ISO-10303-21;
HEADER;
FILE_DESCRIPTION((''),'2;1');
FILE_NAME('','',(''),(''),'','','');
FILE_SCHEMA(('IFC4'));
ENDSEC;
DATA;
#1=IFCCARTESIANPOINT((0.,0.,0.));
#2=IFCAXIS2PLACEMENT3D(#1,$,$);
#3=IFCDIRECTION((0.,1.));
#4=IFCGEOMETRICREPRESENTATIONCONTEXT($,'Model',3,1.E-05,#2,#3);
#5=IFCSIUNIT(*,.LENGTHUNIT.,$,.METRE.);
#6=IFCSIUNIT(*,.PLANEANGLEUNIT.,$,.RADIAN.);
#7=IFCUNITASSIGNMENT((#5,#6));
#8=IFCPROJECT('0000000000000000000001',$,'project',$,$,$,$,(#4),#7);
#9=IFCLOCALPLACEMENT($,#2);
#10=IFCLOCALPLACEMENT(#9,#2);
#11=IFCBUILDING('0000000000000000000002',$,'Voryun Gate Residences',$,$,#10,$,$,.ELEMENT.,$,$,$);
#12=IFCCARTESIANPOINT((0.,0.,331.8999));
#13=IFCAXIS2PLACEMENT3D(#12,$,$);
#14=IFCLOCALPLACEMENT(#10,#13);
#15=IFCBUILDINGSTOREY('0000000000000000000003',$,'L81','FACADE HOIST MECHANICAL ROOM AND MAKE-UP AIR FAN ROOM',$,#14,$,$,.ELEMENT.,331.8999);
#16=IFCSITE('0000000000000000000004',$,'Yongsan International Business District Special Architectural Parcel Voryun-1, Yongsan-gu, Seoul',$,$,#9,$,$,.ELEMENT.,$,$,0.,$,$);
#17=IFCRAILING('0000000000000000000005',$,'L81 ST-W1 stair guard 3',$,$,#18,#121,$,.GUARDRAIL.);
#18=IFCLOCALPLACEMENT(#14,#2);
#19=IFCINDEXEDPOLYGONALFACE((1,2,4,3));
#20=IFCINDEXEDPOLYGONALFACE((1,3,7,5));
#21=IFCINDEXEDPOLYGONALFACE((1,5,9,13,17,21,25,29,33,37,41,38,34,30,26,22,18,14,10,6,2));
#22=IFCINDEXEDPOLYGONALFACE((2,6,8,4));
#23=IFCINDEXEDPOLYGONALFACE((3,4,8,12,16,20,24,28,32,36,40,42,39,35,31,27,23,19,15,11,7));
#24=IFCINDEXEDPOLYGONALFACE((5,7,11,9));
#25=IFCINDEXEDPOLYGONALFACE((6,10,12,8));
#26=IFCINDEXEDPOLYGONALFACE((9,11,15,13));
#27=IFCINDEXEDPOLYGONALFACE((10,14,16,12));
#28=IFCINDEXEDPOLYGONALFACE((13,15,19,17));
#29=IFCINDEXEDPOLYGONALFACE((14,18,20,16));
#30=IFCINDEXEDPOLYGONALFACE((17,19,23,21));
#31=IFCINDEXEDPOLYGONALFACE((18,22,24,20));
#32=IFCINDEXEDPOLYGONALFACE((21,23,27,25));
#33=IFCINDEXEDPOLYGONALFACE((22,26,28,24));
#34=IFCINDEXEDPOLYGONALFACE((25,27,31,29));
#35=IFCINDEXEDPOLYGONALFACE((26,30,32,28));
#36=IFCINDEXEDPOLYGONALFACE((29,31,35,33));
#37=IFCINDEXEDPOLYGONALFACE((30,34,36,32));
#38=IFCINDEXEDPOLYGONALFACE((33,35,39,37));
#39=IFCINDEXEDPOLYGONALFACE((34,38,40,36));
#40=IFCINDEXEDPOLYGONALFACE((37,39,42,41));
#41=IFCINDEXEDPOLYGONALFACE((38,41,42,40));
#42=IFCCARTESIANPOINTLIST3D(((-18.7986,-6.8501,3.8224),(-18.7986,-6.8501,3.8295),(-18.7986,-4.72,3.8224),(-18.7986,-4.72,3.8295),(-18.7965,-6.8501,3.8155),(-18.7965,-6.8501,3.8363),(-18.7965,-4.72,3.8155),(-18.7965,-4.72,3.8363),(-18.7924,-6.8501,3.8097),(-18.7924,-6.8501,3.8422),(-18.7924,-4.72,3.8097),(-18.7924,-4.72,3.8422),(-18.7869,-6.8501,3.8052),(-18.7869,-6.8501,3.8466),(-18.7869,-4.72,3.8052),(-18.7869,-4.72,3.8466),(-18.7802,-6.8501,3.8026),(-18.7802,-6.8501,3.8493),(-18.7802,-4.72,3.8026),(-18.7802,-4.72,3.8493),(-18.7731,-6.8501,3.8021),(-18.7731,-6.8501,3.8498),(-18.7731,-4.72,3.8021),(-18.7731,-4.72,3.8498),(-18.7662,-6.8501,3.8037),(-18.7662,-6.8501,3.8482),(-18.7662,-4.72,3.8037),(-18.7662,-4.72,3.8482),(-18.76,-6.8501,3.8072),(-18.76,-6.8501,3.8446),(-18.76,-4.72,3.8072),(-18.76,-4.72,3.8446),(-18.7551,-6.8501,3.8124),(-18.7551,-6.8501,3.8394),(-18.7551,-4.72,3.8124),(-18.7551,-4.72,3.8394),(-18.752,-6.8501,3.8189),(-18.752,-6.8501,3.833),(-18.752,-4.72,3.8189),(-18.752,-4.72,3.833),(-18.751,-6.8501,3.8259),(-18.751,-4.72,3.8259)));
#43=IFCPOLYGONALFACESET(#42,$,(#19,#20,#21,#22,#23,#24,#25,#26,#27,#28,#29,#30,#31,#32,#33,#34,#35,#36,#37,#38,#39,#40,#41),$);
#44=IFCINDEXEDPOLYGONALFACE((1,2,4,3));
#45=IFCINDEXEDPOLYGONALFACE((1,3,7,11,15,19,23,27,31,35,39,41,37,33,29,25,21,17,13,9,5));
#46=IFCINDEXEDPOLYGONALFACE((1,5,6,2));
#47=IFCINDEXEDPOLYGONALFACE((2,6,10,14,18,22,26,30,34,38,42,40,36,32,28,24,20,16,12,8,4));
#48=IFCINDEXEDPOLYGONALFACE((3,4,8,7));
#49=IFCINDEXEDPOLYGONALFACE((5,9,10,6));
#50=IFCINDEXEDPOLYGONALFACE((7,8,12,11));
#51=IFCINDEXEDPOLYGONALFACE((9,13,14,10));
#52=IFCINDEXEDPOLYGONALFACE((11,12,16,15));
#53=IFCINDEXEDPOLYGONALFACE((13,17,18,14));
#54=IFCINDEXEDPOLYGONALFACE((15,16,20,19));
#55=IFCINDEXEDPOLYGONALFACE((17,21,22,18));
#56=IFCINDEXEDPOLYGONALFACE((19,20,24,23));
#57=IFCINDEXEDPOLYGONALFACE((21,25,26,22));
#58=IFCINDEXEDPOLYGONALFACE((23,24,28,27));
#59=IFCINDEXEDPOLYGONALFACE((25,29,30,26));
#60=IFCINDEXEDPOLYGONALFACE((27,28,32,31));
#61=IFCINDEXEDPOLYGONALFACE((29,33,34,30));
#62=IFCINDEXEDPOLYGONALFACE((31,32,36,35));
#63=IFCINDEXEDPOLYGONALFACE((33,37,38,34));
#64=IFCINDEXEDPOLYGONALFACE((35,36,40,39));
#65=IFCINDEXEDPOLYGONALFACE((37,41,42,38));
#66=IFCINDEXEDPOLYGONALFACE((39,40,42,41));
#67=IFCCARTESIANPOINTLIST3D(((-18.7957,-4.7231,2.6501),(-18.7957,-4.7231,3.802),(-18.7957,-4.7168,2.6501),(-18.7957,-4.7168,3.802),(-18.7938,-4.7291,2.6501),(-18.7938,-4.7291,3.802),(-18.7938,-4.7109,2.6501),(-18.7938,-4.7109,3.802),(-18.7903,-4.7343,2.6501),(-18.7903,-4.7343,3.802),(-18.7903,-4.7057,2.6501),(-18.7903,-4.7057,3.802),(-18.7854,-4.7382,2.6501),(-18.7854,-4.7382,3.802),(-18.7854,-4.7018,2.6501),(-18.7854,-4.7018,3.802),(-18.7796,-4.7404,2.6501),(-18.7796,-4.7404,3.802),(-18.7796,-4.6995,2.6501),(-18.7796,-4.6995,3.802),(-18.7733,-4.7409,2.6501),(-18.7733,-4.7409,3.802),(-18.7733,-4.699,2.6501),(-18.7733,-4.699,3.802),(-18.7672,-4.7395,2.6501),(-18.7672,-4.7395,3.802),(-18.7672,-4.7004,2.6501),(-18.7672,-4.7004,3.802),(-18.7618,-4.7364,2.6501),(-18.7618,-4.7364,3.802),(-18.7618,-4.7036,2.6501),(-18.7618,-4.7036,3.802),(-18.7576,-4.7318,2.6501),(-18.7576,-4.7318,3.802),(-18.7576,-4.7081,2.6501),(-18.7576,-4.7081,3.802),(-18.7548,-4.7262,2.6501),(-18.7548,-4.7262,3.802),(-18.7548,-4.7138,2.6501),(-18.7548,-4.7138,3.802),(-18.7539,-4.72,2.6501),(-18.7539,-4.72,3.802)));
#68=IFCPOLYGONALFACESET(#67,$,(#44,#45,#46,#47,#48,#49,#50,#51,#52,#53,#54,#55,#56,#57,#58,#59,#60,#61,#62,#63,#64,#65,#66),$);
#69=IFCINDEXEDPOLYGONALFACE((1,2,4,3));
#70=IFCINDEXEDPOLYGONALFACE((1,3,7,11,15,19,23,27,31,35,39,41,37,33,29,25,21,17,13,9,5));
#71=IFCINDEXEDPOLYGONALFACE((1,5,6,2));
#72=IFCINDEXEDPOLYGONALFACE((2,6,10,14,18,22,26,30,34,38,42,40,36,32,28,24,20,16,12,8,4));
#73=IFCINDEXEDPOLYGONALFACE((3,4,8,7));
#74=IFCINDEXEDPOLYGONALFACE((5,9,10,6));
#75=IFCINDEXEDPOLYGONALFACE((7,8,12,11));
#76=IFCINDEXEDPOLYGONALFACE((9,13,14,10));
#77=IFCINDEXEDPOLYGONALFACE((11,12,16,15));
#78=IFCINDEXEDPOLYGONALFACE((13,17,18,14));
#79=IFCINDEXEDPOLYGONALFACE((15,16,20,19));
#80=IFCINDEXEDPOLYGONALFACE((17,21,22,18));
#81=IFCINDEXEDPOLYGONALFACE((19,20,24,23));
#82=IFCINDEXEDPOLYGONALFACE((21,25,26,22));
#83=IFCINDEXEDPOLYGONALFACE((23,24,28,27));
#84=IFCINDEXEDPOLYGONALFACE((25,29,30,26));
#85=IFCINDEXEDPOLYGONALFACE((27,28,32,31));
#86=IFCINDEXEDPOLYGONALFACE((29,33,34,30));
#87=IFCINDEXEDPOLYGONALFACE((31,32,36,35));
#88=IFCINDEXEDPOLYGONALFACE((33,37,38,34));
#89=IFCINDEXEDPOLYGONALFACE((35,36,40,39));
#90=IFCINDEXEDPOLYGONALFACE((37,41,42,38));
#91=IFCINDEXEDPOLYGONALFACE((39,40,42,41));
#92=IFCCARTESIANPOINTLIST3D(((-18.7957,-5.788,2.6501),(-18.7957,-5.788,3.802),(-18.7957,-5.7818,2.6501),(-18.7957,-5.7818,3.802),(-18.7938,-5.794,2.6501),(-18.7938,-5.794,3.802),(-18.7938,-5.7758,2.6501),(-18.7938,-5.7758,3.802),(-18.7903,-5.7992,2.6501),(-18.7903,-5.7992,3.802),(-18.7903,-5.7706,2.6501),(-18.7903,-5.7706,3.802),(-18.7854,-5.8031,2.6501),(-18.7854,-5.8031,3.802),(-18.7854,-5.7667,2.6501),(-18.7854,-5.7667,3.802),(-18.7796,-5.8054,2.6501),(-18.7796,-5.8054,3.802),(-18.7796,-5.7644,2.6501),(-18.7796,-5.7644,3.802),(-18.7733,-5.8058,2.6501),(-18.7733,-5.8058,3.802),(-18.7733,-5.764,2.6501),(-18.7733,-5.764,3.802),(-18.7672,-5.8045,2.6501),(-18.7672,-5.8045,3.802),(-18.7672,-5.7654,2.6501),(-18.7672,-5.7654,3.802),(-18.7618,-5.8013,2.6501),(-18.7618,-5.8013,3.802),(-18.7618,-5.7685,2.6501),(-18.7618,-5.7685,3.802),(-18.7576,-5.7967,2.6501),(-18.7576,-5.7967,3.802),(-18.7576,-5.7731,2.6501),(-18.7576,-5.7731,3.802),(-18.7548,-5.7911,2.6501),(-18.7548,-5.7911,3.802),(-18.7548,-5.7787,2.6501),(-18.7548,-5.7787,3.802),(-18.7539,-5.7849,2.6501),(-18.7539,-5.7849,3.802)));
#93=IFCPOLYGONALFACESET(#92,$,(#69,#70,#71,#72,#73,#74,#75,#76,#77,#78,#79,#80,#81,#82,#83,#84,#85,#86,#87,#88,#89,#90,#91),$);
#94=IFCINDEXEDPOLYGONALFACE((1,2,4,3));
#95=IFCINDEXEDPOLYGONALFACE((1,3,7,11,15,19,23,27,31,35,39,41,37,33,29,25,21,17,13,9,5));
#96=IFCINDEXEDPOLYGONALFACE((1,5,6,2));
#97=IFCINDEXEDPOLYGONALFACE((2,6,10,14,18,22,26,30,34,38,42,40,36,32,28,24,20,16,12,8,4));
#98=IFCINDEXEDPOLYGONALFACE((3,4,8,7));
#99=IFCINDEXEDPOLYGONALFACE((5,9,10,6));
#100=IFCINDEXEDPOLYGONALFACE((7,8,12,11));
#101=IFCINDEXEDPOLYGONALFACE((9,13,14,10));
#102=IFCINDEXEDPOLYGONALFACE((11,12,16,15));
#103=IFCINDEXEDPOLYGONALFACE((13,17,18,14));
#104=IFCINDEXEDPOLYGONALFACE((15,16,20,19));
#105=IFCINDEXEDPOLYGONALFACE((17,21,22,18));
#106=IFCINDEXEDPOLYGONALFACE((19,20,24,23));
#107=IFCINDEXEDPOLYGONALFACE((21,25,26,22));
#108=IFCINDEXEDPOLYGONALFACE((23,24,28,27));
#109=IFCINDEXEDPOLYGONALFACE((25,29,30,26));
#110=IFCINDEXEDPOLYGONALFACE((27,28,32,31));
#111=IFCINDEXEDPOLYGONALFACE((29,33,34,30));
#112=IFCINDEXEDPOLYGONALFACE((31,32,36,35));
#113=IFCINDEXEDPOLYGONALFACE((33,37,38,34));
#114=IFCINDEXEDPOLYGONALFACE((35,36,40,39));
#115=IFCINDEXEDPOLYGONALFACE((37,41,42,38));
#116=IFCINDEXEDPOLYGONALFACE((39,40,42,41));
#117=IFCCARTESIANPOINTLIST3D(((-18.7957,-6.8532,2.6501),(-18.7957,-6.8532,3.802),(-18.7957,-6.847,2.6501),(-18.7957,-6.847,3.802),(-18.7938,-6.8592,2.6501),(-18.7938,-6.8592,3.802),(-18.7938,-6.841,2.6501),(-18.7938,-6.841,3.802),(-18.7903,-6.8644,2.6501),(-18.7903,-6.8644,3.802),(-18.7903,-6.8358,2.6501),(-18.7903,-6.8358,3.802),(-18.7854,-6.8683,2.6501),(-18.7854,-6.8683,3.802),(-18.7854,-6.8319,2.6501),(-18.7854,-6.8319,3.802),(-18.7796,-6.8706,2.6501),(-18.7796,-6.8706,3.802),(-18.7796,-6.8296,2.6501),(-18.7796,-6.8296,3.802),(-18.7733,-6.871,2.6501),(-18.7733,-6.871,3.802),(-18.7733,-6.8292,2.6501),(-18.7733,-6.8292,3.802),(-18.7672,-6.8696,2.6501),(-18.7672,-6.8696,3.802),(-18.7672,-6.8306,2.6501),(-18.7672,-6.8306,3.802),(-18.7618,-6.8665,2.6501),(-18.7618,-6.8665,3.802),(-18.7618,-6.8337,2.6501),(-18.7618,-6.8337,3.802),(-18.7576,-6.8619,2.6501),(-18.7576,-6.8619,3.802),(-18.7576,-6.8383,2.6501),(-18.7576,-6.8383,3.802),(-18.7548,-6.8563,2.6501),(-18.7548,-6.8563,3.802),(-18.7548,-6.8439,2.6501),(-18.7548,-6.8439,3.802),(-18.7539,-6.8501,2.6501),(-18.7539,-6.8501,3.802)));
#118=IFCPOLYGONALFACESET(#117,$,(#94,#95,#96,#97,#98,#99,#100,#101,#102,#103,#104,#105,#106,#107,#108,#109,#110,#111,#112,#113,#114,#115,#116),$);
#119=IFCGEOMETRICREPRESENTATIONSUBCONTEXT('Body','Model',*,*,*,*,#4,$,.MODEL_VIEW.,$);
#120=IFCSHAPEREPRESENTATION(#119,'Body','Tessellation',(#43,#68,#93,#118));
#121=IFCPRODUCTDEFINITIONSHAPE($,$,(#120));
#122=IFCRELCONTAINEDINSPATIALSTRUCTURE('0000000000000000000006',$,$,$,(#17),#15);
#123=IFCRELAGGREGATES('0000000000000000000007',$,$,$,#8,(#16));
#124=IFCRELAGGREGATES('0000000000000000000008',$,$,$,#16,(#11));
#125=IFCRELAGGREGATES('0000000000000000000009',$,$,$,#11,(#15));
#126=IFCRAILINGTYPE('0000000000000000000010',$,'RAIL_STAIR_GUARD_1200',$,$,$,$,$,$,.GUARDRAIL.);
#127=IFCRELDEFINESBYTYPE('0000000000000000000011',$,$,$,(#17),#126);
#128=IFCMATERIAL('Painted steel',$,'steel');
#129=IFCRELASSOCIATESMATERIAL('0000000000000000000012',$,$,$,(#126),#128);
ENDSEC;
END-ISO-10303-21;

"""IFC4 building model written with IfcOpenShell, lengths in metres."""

from ifc_helpers import new_model, si_unit, direction, frame, origin, origin_2d, place, context, subcontext, project, spatial, circle, extrude, material, type_object, element, save


model = new_model("IFC4")

# Units and contexts
model_context = context("Model", 3, precision=1e-05, world=origin(), true_north=direction((0.0, 1.0)))
body_context = subcontext(model_context, "Body", "Model", "MODEL_VIEW")
ifc_project = project(units=[si_unit("LENGTHUNIT", "METRE"), si_unit("PLANEANGLEUNIT", "RADIAN")], contexts=[model_context])

# Site, building, storey
site_placement = place(None, origin())
site = spatial("IfcSite", under=ifc_project, at=site_placement, Name="Yongsan International Business District Special Architectural Parcel Voryun-1, Yongsan-gu, Seoul", CompositionType="ELEMENT", RefElevation=0.0)
building_placement = place(site_placement, origin())
building = spatial("IfcBuilding", under=site, at=building_placement, Name="Voryun Gate Residences", CompositionType="ELEMENT")
storey_placement = place(building_placement, frame((0.0, 0.0, 331.8999)))
storey = spatial("IfcBuildingStorey", under=building, at=storey_placement, Name="L81", Description="FACADE HOIST MECHANICAL ROOM AND MAKE-UP AIR FAN ROOM", CompositionType="ELEMENT", Elevation=331.8999)

# Railing
ifc_material_1 = material(Name="Painted steel", Category="steel")
railing_type = type_object("IfcRailingType", Name="RAIL_STAIR_GUARD_1200", PredefinedType="GUARDRAIL", material=ifc_material_1)
railing_1_placement = place(storey_placement, frame((-18.7749, -4.72, 2.6501)))
element("IfcRailing", 1, at=railing_1_placement, inside=storey, type_object=railing_type, Name="L81 ST-W1 stair guard 3", PredefinedType="GUARDRAIL", context=body_context, shape_type="SweptSolid", body=[
    extrude(circle(Radius=0.0239, at=origin_2d()), frame((0.0, 0.0, 1.1758), z_axis=(0.0, -1.0, 0.0), x_axis=(1.0, 0.0, 0.0)), (0.0, 0.0, 1.0), 2.1301),
    extrude(circle(Radius=0.021, at=origin_2d()), origin(), (0.0, 0.0, 1.0), 1.1519),
    extrude(circle(Radius=0.021, at=origin_2d()), frame((0.0, -1.0649, 0.0)), (0.0, 0.0, 1.0), 1.1519),
    extrude(circle(Radius=0.021, at=origin_2d()), frame((0.0, -2.1301, 0.0)), (0.0, 0.0, 1.0), 1.1519),
])

save(model, "model.ifc")
